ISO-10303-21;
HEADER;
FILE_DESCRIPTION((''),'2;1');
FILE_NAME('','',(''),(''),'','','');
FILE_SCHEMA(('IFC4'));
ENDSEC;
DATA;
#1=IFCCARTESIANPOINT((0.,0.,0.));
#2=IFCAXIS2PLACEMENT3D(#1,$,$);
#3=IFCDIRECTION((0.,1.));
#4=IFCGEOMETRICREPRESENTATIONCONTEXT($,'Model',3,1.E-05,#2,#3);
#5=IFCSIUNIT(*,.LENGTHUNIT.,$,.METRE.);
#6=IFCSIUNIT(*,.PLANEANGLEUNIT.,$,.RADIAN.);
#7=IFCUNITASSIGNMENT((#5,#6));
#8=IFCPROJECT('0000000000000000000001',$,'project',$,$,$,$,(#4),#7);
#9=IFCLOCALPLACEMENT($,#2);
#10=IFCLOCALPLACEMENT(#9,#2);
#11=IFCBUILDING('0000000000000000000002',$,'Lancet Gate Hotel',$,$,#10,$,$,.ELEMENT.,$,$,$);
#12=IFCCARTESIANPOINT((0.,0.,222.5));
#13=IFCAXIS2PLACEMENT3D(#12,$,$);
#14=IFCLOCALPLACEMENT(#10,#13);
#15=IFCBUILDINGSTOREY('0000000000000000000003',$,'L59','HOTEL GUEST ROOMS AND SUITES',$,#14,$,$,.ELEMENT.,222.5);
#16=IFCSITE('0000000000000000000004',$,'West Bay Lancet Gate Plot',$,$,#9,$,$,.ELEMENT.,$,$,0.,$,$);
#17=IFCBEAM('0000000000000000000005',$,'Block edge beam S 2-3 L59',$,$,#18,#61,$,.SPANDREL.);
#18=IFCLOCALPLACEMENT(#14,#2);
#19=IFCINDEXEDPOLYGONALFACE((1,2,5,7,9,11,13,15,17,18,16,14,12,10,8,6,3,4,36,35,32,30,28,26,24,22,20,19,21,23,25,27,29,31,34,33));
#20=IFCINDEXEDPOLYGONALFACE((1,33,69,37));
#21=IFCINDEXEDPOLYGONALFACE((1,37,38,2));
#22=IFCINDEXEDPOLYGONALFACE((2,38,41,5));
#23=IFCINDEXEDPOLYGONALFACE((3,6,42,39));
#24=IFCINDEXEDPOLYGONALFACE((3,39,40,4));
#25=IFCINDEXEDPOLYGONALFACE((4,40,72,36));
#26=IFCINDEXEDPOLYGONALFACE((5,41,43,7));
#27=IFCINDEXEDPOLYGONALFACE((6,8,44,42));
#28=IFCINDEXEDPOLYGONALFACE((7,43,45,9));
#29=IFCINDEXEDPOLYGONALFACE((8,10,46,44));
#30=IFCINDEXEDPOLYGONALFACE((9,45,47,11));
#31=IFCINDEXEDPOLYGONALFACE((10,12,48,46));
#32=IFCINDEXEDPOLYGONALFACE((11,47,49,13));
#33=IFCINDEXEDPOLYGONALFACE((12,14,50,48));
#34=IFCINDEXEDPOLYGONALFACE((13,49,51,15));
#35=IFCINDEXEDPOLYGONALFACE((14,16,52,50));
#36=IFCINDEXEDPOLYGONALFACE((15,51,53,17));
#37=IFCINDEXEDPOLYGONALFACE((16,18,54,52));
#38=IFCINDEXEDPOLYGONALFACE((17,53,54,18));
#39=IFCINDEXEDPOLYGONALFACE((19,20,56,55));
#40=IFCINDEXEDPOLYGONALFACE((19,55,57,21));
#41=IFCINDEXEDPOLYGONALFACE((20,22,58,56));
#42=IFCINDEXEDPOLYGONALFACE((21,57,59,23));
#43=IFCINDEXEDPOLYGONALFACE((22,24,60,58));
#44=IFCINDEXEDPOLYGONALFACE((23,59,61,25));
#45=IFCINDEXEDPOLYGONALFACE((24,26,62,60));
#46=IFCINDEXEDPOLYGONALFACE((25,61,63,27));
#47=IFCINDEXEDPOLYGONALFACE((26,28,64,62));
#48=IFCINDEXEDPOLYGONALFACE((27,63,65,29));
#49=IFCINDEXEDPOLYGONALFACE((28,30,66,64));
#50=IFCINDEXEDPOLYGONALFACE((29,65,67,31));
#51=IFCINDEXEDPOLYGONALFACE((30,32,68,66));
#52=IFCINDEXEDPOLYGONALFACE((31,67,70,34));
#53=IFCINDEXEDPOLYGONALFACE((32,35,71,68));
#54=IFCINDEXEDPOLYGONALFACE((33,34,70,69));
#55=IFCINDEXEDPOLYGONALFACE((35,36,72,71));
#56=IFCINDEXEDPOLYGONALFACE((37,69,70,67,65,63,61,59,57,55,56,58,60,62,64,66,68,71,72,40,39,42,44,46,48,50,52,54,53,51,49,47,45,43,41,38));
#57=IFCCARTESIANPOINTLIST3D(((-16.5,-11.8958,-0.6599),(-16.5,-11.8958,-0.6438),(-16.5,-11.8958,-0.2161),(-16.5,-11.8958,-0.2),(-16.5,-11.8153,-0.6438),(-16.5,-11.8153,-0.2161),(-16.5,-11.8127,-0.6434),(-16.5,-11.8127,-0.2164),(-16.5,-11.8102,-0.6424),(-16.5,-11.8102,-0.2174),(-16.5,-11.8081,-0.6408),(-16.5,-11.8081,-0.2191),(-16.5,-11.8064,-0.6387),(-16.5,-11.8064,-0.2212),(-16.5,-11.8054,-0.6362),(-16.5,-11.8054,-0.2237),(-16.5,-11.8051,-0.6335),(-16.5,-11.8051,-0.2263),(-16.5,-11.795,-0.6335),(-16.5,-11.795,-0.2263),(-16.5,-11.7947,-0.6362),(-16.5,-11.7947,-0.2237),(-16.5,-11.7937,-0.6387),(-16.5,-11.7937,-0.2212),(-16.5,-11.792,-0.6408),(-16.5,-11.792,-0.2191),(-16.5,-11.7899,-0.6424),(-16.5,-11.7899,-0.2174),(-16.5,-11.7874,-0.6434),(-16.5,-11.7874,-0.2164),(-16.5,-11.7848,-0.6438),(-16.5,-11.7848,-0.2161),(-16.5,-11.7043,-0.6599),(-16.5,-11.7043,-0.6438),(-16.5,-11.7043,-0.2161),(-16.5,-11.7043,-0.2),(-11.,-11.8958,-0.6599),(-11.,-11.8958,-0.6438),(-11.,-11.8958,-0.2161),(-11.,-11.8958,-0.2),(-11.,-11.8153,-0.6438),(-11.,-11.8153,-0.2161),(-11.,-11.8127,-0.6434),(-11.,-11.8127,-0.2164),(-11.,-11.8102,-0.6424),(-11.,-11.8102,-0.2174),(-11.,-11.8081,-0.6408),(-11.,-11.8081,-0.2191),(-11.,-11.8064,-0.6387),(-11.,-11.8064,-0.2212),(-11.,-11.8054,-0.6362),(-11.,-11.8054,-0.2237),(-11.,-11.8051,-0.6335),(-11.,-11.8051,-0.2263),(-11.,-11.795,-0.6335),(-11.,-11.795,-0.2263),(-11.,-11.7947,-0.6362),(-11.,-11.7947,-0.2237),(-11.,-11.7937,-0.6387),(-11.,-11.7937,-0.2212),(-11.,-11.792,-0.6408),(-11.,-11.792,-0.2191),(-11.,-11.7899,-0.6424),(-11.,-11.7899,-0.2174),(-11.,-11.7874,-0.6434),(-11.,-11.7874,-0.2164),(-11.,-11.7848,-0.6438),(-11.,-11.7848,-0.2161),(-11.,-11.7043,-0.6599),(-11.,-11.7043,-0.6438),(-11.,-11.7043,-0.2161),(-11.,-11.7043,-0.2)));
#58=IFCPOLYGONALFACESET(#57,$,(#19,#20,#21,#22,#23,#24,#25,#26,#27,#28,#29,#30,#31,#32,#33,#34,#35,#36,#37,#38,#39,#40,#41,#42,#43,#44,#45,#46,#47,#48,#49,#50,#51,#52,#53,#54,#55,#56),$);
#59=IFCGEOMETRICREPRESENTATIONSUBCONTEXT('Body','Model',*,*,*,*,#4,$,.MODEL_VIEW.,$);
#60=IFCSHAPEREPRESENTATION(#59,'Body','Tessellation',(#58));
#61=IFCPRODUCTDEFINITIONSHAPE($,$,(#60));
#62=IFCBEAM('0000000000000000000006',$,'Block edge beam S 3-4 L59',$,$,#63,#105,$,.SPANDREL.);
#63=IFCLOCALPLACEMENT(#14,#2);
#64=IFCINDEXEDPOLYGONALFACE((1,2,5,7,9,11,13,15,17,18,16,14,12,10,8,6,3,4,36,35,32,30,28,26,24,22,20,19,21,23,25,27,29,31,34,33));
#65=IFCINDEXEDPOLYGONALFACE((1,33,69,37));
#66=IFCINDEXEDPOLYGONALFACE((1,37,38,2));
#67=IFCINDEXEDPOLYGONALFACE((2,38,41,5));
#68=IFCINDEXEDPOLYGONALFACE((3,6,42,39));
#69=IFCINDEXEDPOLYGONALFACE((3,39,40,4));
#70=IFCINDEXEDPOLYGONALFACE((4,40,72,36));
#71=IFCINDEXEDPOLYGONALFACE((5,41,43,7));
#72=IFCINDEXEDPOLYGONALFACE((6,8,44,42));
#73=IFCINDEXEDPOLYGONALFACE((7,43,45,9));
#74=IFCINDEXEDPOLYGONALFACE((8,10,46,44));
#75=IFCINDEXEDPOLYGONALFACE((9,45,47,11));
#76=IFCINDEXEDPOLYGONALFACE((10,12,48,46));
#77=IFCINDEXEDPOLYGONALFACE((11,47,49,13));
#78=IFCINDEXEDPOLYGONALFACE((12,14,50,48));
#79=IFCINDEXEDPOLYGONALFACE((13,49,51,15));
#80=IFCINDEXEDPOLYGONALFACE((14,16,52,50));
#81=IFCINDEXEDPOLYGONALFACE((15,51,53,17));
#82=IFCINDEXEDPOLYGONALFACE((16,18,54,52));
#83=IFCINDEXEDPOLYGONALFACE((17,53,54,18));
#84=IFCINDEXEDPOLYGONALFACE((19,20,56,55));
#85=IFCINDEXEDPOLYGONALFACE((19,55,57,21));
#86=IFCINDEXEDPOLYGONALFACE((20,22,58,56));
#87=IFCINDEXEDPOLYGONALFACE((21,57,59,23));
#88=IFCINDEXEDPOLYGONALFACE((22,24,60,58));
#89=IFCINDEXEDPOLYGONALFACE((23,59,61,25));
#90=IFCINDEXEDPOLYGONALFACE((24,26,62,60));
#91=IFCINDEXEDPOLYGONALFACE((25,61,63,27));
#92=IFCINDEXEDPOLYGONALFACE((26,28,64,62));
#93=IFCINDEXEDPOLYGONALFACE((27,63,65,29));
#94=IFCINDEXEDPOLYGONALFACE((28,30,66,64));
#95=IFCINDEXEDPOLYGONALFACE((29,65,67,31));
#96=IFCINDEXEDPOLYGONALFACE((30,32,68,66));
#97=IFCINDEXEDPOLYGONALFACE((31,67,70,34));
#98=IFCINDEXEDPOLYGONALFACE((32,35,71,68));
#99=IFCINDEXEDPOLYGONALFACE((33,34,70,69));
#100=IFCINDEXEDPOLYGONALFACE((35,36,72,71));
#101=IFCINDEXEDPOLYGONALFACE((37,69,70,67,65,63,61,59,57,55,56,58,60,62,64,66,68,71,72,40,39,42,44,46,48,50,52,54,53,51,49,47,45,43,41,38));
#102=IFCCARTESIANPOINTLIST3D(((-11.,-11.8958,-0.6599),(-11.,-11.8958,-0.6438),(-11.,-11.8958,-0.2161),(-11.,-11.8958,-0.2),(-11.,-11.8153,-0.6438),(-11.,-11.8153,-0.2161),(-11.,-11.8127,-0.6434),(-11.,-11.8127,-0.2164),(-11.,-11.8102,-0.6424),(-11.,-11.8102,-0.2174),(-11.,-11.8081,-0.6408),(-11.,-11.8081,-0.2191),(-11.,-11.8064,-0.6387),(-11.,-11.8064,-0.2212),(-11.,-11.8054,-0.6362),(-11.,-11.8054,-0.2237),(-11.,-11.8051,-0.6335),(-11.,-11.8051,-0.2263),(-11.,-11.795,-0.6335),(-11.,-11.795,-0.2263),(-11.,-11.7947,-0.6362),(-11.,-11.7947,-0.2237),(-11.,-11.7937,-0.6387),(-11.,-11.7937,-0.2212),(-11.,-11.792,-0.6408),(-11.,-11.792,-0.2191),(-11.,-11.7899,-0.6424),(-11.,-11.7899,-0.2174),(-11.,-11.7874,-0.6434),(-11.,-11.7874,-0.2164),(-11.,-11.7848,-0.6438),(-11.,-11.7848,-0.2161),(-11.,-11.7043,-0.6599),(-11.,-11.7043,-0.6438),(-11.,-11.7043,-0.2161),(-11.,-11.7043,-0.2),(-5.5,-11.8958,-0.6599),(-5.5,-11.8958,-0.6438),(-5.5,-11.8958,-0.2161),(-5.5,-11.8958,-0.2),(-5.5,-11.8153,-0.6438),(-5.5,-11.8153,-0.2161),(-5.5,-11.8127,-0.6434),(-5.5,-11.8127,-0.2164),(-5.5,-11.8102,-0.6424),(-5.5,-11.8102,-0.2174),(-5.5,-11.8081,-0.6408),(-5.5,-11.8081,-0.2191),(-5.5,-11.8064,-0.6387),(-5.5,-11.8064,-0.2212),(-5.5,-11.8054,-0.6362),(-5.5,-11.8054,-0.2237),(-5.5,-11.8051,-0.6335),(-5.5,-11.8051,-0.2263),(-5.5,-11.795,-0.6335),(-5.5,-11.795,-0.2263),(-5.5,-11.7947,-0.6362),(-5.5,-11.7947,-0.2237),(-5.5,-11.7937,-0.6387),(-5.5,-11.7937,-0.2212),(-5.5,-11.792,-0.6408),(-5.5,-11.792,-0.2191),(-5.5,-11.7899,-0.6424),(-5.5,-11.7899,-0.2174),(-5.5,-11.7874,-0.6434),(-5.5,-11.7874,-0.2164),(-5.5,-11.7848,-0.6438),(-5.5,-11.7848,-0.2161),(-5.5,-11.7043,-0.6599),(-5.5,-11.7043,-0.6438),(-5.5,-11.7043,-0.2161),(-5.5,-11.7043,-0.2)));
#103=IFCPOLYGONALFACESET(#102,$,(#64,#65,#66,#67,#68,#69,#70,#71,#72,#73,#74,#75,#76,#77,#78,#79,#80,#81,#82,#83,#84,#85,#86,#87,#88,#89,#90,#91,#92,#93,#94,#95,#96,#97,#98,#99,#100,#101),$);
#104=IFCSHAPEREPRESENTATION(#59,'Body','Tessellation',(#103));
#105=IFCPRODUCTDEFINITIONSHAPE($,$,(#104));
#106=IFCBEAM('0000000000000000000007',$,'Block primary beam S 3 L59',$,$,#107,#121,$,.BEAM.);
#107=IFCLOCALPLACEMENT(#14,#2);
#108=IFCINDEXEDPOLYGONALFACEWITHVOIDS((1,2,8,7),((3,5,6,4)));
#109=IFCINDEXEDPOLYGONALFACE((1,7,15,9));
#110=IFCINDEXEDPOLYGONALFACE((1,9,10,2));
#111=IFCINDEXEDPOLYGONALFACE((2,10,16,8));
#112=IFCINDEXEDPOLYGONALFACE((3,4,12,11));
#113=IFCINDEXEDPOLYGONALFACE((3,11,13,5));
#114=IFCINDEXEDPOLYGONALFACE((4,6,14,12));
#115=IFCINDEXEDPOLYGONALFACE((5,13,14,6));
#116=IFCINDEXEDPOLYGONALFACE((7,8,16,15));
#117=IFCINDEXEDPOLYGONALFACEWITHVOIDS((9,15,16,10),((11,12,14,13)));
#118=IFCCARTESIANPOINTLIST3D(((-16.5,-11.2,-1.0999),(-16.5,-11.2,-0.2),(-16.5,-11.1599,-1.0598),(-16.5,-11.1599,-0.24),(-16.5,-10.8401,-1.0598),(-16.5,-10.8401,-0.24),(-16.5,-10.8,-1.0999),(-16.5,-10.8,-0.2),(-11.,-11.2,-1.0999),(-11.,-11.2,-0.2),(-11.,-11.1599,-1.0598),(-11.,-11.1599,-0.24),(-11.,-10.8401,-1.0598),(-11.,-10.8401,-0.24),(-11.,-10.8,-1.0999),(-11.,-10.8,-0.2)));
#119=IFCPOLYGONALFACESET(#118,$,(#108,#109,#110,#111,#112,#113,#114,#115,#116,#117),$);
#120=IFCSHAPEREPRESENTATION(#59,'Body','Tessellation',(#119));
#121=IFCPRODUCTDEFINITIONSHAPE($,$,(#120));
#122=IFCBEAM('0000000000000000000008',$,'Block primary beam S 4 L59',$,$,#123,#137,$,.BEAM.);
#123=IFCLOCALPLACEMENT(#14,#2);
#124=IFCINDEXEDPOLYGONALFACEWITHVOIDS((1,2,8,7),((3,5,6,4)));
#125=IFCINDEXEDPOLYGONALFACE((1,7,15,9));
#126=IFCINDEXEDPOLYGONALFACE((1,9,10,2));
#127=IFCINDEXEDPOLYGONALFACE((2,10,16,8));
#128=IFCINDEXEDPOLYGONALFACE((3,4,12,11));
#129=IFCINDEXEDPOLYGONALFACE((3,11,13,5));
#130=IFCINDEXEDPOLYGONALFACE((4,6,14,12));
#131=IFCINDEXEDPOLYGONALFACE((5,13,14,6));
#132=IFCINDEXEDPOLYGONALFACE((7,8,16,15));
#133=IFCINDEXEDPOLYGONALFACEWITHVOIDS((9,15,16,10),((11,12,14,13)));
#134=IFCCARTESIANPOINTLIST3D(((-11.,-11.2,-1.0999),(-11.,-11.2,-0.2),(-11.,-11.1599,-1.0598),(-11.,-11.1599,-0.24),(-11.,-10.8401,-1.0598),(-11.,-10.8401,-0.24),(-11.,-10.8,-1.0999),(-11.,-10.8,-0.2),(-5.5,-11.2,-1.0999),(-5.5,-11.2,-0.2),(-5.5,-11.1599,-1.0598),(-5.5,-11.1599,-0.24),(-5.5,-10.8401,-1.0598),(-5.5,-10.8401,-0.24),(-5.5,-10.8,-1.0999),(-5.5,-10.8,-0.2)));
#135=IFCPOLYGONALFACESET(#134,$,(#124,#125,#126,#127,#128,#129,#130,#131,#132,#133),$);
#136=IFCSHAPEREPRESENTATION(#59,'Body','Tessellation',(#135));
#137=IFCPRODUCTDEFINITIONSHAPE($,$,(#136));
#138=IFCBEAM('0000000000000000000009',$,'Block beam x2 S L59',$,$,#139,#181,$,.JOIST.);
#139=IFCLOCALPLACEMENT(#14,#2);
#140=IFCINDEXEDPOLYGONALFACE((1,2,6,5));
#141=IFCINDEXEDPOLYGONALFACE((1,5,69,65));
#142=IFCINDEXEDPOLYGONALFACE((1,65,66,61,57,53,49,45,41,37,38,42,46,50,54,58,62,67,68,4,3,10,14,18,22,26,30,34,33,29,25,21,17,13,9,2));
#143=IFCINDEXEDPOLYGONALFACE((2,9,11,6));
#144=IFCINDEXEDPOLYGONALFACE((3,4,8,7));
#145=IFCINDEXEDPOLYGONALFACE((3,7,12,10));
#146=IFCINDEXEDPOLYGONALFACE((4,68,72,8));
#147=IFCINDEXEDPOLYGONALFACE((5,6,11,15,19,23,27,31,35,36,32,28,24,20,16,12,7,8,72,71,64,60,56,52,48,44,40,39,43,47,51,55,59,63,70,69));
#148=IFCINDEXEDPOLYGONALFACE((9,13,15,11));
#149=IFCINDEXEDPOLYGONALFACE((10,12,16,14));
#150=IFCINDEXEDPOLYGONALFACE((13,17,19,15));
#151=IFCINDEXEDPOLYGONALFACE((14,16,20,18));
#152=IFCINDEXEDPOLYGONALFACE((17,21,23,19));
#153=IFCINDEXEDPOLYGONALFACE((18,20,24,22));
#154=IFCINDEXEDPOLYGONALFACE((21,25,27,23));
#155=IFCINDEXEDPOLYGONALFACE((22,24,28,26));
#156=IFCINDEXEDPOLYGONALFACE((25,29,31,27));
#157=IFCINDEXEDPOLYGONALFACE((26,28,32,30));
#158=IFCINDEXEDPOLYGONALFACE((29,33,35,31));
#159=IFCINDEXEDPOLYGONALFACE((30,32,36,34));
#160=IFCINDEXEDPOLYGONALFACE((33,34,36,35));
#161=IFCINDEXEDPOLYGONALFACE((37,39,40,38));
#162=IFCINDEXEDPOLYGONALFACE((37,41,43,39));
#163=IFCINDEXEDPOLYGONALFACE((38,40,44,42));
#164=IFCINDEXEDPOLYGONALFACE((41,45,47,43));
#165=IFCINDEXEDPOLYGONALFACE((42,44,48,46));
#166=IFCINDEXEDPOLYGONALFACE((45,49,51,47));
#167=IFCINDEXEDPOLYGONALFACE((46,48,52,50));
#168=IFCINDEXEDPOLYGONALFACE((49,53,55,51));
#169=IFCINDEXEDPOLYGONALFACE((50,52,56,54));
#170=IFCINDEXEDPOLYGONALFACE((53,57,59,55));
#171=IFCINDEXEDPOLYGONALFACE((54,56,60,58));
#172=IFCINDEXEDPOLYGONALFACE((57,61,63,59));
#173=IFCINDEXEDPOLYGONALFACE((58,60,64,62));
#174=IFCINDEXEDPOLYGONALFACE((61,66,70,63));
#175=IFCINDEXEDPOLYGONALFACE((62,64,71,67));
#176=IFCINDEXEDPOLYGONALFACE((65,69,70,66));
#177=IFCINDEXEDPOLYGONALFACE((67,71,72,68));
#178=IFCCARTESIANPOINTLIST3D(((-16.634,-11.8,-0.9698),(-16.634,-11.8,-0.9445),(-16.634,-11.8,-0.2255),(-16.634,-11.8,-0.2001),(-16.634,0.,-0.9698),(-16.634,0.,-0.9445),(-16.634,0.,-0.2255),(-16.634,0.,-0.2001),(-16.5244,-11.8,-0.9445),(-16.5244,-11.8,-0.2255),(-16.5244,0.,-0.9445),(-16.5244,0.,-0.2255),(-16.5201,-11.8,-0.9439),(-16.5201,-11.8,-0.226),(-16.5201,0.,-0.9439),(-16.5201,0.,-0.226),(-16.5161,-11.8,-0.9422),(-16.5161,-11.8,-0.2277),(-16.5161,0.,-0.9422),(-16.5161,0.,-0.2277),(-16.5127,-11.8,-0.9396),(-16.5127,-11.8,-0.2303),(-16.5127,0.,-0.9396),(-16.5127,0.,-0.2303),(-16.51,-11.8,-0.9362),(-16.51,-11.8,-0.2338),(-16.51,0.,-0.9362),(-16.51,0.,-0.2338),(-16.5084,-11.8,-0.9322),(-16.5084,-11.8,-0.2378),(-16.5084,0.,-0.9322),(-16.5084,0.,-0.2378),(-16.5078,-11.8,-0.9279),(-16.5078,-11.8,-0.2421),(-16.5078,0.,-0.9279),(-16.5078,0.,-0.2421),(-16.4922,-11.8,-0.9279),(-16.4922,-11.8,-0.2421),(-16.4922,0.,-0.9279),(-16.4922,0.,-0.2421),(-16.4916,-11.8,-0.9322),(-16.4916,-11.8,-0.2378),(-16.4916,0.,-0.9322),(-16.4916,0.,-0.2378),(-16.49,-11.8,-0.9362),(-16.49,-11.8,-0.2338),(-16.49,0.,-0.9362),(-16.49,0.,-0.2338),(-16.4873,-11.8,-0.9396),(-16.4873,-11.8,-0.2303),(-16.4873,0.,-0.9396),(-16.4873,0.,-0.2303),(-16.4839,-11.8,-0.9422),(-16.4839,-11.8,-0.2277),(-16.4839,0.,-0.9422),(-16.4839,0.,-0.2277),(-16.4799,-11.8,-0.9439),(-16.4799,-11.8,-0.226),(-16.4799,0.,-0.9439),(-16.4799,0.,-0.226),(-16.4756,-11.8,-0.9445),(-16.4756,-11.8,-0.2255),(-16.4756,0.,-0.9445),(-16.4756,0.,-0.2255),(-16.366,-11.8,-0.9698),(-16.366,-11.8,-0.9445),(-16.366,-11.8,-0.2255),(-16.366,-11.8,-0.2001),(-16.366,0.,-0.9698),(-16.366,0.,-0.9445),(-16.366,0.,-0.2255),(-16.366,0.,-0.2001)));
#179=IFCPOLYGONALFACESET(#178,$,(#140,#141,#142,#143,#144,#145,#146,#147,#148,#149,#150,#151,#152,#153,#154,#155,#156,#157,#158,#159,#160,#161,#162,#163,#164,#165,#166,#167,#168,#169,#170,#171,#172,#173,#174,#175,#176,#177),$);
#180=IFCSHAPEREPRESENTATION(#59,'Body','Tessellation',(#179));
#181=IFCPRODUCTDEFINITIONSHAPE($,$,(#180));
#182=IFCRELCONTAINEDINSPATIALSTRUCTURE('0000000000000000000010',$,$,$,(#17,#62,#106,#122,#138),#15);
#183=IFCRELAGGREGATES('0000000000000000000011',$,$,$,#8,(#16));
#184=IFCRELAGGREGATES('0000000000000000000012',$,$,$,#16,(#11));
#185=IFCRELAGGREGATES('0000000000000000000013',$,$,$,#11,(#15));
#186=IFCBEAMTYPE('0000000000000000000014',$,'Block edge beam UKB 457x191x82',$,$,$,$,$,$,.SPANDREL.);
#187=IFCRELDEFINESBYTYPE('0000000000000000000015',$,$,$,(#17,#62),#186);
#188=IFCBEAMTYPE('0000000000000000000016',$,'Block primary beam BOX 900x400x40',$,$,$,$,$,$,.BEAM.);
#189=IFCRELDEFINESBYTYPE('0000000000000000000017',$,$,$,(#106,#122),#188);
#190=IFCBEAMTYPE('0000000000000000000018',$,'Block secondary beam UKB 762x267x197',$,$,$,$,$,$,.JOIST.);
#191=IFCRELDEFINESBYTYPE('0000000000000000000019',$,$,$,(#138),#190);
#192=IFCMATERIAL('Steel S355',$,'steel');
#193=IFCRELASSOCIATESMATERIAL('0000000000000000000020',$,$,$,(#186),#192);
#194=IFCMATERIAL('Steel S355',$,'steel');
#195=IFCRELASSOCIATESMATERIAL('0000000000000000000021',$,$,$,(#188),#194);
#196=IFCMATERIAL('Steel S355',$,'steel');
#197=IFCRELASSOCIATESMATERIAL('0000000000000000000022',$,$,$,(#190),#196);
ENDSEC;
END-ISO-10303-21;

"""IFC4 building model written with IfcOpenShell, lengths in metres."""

from ifc_helpers import new_model, si_unit, direction, frame, origin, origin_2d, place, context, subcontext, project, spatial, hollow_rectangle, i_section, extrude, material, material_profile, profile_set, type_object, element, save


model = new_model("IFC4")

# Units and contexts
model_context = context("Model", 3, precision=1e-05, world=origin(), true_north=direction((0.0, 1.0)))
body_context = subcontext(model_context, "Body", "Model", "MODEL_VIEW")
ifc_project = project(units=[si_unit("LENGTHUNIT", "METRE"), si_unit("PLANEANGLEUNIT", "RADIAN")], contexts=[model_context])

# Site, building, storey
site_placement = place(None, origin())
site = spatial("IfcSite", under=ifc_project, at=site_placement, Name="West Bay Lancet Gate Plot", CompositionType="ELEMENT", RefElevation=0.0)
building_placement = place(site_placement, origin())
building = spatial("IfcBuilding", under=site, at=building_placement, Name="Lancet Gate Hotel", CompositionType="ELEMENT")
storey_placement = place(building_placement, frame((0.0, 0.0, 222.5)))
storey = spatial("IfcBuildingStorey", under=building, at=storey_placement, Name="L59", Description="HOTEL GUEST ROOMS AND SUITES", CompositionType="ELEMENT", Elevation=222.5)

# Beams
ifc_material_1 = material(Name="Steel S355", Category="steel")
ifc_material_profile_1 = material_profile(ifc_material_1, i_section(OverallWidth=0.1914, OverallDepth=0.46, WebThickness=0.01, FlangeThickness=0.0161, FilletRadius=0.0103, at=origin_2d()), Name="UKB 457x191x82")
ifc_profile_set_1 = profile_set([ifc_material_profile_1], Name="Steel S355")
beam_type_1 = type_object("IfcBeamType", Name="Block edge beam UKB 457x191x82", PredefinedType="SPANDREL", material=ifc_profile_set_1)
for number, where, z_axis, x_axis, name in (
    (1, (-16.5, -11.8, -0.4299), (1.0, 0.0, 0.0), (0.0, 1.0, 0.0), "Block edge beam S 2-3 L59"),
    (2, (-11.0, -11.8, -0.4299), (1.0, 0.0, 0.0), (0.0, 1.0, 0.0), "Block edge beam S 3-4 L59"),
):
    element("IfcBeam", number, at=place(storey_placement, frame(where, z_axis=z_axis, x_axis=x_axis)), inside=storey, type_object=beam_type_1, Name=name, PredefinedType="SPANDREL", context=body_context, shape_type="SweptSolid", body=[
        extrude(i_section(OverallWidth=0.1914, OverallDepth=0.46, WebThickness=0.01, FlangeThickness=0.0161, FilletRadius=0.0103, at=origin_2d()), origin(), (0.0, 0.0, 1.0), 5.5),
    ])
ifc_material_2 = material(Name="Steel S355", Category="steel")
ifc_material_profile_2 = material_profile(ifc_material_2, hollow_rectangle(XDim=0.3999, YDim=0.8999, WallThickness=0.04, at=origin_2d()), Name="BOX 900x400x40")
ifc_profile_set_2 = profile_set([ifc_material_profile_2], Name="Steel S355")
beam_type_2 = type_object("IfcBeamType", Name="Block primary beam BOX 900x400x40", PredefinedType="BEAM", material=ifc_profile_set_2)
for number, where, z_axis, x_axis, name in (
    (3, (-16.5, -11.0, -0.6499), (1.0, 0.0, 0.0), (0.0, 1.0, 0.0), "Block primary beam S 3 L59"),
    (4, (-11.0, -11.0, -0.6499), (1.0, 0.0, 0.0), (0.0, 1.0, 0.0), "Block primary beam S 4 L59"),
):
    element("IfcBeam", number, at=place(storey_placement, frame(where, z_axis=z_axis, x_axis=x_axis)), inside=storey, type_object=beam_type_2, Name=name, PredefinedType="BEAM", context=body_context, shape_type="SweptSolid", body=[
        extrude(hollow_rectangle(XDim=0.3999, YDim=0.8999, WallThickness=0.04, at=origin_2d()), origin(), (0.0, 0.0, 1.0), 5.5),
    ])
ifc_material_3 = material(Name="Steel S355", Category="steel")
ifc_material_profile_3 = material_profile(ifc_material_3, i_section(OverallWidth=0.2681, OverallDepth=0.7698, WebThickness=0.0156, FlangeThickness=0.0254, FilletRadius=0.0166, at=origin_2d()), Name="UKB 762x267x197")
ifc_profile_set_3 = profile_set([ifc_material_profile_3], Name="Steel S355")
beam_type_3 = type_object("IfcBeamType", Name="Block secondary beam UKB 762x267x197", PredefinedType="JOIST", material=ifc_profile_set_3)
for number, where, z_axis, x_axis, name in (
    (5, (-16.5, -11.8, -0.585), (0.0, 1.0, 0.0), (-1.0, 0.0, 0.0), "Block beam x2 S L59"),
):
    element("IfcBeam", number, at=place(storey_placement, frame(where, z_axis=z_axis, x_axis=x_axis)), inside=storey, type_object=beam_type_3, Name=name, PredefinedType="JOIST", context=body_context, shape_type="SweptSolid", body=[
        extrude(i_section(OverallWidth=0.2681, OverallDepth=0.7698, WebThickness=0.0156, FlangeThickness=0.0254, FilletRadius=0.0166, at=origin_2d()), origin(), (0.0, 0.0, 1.0), 11.8),
    ])

save(model, "model.ifc")
